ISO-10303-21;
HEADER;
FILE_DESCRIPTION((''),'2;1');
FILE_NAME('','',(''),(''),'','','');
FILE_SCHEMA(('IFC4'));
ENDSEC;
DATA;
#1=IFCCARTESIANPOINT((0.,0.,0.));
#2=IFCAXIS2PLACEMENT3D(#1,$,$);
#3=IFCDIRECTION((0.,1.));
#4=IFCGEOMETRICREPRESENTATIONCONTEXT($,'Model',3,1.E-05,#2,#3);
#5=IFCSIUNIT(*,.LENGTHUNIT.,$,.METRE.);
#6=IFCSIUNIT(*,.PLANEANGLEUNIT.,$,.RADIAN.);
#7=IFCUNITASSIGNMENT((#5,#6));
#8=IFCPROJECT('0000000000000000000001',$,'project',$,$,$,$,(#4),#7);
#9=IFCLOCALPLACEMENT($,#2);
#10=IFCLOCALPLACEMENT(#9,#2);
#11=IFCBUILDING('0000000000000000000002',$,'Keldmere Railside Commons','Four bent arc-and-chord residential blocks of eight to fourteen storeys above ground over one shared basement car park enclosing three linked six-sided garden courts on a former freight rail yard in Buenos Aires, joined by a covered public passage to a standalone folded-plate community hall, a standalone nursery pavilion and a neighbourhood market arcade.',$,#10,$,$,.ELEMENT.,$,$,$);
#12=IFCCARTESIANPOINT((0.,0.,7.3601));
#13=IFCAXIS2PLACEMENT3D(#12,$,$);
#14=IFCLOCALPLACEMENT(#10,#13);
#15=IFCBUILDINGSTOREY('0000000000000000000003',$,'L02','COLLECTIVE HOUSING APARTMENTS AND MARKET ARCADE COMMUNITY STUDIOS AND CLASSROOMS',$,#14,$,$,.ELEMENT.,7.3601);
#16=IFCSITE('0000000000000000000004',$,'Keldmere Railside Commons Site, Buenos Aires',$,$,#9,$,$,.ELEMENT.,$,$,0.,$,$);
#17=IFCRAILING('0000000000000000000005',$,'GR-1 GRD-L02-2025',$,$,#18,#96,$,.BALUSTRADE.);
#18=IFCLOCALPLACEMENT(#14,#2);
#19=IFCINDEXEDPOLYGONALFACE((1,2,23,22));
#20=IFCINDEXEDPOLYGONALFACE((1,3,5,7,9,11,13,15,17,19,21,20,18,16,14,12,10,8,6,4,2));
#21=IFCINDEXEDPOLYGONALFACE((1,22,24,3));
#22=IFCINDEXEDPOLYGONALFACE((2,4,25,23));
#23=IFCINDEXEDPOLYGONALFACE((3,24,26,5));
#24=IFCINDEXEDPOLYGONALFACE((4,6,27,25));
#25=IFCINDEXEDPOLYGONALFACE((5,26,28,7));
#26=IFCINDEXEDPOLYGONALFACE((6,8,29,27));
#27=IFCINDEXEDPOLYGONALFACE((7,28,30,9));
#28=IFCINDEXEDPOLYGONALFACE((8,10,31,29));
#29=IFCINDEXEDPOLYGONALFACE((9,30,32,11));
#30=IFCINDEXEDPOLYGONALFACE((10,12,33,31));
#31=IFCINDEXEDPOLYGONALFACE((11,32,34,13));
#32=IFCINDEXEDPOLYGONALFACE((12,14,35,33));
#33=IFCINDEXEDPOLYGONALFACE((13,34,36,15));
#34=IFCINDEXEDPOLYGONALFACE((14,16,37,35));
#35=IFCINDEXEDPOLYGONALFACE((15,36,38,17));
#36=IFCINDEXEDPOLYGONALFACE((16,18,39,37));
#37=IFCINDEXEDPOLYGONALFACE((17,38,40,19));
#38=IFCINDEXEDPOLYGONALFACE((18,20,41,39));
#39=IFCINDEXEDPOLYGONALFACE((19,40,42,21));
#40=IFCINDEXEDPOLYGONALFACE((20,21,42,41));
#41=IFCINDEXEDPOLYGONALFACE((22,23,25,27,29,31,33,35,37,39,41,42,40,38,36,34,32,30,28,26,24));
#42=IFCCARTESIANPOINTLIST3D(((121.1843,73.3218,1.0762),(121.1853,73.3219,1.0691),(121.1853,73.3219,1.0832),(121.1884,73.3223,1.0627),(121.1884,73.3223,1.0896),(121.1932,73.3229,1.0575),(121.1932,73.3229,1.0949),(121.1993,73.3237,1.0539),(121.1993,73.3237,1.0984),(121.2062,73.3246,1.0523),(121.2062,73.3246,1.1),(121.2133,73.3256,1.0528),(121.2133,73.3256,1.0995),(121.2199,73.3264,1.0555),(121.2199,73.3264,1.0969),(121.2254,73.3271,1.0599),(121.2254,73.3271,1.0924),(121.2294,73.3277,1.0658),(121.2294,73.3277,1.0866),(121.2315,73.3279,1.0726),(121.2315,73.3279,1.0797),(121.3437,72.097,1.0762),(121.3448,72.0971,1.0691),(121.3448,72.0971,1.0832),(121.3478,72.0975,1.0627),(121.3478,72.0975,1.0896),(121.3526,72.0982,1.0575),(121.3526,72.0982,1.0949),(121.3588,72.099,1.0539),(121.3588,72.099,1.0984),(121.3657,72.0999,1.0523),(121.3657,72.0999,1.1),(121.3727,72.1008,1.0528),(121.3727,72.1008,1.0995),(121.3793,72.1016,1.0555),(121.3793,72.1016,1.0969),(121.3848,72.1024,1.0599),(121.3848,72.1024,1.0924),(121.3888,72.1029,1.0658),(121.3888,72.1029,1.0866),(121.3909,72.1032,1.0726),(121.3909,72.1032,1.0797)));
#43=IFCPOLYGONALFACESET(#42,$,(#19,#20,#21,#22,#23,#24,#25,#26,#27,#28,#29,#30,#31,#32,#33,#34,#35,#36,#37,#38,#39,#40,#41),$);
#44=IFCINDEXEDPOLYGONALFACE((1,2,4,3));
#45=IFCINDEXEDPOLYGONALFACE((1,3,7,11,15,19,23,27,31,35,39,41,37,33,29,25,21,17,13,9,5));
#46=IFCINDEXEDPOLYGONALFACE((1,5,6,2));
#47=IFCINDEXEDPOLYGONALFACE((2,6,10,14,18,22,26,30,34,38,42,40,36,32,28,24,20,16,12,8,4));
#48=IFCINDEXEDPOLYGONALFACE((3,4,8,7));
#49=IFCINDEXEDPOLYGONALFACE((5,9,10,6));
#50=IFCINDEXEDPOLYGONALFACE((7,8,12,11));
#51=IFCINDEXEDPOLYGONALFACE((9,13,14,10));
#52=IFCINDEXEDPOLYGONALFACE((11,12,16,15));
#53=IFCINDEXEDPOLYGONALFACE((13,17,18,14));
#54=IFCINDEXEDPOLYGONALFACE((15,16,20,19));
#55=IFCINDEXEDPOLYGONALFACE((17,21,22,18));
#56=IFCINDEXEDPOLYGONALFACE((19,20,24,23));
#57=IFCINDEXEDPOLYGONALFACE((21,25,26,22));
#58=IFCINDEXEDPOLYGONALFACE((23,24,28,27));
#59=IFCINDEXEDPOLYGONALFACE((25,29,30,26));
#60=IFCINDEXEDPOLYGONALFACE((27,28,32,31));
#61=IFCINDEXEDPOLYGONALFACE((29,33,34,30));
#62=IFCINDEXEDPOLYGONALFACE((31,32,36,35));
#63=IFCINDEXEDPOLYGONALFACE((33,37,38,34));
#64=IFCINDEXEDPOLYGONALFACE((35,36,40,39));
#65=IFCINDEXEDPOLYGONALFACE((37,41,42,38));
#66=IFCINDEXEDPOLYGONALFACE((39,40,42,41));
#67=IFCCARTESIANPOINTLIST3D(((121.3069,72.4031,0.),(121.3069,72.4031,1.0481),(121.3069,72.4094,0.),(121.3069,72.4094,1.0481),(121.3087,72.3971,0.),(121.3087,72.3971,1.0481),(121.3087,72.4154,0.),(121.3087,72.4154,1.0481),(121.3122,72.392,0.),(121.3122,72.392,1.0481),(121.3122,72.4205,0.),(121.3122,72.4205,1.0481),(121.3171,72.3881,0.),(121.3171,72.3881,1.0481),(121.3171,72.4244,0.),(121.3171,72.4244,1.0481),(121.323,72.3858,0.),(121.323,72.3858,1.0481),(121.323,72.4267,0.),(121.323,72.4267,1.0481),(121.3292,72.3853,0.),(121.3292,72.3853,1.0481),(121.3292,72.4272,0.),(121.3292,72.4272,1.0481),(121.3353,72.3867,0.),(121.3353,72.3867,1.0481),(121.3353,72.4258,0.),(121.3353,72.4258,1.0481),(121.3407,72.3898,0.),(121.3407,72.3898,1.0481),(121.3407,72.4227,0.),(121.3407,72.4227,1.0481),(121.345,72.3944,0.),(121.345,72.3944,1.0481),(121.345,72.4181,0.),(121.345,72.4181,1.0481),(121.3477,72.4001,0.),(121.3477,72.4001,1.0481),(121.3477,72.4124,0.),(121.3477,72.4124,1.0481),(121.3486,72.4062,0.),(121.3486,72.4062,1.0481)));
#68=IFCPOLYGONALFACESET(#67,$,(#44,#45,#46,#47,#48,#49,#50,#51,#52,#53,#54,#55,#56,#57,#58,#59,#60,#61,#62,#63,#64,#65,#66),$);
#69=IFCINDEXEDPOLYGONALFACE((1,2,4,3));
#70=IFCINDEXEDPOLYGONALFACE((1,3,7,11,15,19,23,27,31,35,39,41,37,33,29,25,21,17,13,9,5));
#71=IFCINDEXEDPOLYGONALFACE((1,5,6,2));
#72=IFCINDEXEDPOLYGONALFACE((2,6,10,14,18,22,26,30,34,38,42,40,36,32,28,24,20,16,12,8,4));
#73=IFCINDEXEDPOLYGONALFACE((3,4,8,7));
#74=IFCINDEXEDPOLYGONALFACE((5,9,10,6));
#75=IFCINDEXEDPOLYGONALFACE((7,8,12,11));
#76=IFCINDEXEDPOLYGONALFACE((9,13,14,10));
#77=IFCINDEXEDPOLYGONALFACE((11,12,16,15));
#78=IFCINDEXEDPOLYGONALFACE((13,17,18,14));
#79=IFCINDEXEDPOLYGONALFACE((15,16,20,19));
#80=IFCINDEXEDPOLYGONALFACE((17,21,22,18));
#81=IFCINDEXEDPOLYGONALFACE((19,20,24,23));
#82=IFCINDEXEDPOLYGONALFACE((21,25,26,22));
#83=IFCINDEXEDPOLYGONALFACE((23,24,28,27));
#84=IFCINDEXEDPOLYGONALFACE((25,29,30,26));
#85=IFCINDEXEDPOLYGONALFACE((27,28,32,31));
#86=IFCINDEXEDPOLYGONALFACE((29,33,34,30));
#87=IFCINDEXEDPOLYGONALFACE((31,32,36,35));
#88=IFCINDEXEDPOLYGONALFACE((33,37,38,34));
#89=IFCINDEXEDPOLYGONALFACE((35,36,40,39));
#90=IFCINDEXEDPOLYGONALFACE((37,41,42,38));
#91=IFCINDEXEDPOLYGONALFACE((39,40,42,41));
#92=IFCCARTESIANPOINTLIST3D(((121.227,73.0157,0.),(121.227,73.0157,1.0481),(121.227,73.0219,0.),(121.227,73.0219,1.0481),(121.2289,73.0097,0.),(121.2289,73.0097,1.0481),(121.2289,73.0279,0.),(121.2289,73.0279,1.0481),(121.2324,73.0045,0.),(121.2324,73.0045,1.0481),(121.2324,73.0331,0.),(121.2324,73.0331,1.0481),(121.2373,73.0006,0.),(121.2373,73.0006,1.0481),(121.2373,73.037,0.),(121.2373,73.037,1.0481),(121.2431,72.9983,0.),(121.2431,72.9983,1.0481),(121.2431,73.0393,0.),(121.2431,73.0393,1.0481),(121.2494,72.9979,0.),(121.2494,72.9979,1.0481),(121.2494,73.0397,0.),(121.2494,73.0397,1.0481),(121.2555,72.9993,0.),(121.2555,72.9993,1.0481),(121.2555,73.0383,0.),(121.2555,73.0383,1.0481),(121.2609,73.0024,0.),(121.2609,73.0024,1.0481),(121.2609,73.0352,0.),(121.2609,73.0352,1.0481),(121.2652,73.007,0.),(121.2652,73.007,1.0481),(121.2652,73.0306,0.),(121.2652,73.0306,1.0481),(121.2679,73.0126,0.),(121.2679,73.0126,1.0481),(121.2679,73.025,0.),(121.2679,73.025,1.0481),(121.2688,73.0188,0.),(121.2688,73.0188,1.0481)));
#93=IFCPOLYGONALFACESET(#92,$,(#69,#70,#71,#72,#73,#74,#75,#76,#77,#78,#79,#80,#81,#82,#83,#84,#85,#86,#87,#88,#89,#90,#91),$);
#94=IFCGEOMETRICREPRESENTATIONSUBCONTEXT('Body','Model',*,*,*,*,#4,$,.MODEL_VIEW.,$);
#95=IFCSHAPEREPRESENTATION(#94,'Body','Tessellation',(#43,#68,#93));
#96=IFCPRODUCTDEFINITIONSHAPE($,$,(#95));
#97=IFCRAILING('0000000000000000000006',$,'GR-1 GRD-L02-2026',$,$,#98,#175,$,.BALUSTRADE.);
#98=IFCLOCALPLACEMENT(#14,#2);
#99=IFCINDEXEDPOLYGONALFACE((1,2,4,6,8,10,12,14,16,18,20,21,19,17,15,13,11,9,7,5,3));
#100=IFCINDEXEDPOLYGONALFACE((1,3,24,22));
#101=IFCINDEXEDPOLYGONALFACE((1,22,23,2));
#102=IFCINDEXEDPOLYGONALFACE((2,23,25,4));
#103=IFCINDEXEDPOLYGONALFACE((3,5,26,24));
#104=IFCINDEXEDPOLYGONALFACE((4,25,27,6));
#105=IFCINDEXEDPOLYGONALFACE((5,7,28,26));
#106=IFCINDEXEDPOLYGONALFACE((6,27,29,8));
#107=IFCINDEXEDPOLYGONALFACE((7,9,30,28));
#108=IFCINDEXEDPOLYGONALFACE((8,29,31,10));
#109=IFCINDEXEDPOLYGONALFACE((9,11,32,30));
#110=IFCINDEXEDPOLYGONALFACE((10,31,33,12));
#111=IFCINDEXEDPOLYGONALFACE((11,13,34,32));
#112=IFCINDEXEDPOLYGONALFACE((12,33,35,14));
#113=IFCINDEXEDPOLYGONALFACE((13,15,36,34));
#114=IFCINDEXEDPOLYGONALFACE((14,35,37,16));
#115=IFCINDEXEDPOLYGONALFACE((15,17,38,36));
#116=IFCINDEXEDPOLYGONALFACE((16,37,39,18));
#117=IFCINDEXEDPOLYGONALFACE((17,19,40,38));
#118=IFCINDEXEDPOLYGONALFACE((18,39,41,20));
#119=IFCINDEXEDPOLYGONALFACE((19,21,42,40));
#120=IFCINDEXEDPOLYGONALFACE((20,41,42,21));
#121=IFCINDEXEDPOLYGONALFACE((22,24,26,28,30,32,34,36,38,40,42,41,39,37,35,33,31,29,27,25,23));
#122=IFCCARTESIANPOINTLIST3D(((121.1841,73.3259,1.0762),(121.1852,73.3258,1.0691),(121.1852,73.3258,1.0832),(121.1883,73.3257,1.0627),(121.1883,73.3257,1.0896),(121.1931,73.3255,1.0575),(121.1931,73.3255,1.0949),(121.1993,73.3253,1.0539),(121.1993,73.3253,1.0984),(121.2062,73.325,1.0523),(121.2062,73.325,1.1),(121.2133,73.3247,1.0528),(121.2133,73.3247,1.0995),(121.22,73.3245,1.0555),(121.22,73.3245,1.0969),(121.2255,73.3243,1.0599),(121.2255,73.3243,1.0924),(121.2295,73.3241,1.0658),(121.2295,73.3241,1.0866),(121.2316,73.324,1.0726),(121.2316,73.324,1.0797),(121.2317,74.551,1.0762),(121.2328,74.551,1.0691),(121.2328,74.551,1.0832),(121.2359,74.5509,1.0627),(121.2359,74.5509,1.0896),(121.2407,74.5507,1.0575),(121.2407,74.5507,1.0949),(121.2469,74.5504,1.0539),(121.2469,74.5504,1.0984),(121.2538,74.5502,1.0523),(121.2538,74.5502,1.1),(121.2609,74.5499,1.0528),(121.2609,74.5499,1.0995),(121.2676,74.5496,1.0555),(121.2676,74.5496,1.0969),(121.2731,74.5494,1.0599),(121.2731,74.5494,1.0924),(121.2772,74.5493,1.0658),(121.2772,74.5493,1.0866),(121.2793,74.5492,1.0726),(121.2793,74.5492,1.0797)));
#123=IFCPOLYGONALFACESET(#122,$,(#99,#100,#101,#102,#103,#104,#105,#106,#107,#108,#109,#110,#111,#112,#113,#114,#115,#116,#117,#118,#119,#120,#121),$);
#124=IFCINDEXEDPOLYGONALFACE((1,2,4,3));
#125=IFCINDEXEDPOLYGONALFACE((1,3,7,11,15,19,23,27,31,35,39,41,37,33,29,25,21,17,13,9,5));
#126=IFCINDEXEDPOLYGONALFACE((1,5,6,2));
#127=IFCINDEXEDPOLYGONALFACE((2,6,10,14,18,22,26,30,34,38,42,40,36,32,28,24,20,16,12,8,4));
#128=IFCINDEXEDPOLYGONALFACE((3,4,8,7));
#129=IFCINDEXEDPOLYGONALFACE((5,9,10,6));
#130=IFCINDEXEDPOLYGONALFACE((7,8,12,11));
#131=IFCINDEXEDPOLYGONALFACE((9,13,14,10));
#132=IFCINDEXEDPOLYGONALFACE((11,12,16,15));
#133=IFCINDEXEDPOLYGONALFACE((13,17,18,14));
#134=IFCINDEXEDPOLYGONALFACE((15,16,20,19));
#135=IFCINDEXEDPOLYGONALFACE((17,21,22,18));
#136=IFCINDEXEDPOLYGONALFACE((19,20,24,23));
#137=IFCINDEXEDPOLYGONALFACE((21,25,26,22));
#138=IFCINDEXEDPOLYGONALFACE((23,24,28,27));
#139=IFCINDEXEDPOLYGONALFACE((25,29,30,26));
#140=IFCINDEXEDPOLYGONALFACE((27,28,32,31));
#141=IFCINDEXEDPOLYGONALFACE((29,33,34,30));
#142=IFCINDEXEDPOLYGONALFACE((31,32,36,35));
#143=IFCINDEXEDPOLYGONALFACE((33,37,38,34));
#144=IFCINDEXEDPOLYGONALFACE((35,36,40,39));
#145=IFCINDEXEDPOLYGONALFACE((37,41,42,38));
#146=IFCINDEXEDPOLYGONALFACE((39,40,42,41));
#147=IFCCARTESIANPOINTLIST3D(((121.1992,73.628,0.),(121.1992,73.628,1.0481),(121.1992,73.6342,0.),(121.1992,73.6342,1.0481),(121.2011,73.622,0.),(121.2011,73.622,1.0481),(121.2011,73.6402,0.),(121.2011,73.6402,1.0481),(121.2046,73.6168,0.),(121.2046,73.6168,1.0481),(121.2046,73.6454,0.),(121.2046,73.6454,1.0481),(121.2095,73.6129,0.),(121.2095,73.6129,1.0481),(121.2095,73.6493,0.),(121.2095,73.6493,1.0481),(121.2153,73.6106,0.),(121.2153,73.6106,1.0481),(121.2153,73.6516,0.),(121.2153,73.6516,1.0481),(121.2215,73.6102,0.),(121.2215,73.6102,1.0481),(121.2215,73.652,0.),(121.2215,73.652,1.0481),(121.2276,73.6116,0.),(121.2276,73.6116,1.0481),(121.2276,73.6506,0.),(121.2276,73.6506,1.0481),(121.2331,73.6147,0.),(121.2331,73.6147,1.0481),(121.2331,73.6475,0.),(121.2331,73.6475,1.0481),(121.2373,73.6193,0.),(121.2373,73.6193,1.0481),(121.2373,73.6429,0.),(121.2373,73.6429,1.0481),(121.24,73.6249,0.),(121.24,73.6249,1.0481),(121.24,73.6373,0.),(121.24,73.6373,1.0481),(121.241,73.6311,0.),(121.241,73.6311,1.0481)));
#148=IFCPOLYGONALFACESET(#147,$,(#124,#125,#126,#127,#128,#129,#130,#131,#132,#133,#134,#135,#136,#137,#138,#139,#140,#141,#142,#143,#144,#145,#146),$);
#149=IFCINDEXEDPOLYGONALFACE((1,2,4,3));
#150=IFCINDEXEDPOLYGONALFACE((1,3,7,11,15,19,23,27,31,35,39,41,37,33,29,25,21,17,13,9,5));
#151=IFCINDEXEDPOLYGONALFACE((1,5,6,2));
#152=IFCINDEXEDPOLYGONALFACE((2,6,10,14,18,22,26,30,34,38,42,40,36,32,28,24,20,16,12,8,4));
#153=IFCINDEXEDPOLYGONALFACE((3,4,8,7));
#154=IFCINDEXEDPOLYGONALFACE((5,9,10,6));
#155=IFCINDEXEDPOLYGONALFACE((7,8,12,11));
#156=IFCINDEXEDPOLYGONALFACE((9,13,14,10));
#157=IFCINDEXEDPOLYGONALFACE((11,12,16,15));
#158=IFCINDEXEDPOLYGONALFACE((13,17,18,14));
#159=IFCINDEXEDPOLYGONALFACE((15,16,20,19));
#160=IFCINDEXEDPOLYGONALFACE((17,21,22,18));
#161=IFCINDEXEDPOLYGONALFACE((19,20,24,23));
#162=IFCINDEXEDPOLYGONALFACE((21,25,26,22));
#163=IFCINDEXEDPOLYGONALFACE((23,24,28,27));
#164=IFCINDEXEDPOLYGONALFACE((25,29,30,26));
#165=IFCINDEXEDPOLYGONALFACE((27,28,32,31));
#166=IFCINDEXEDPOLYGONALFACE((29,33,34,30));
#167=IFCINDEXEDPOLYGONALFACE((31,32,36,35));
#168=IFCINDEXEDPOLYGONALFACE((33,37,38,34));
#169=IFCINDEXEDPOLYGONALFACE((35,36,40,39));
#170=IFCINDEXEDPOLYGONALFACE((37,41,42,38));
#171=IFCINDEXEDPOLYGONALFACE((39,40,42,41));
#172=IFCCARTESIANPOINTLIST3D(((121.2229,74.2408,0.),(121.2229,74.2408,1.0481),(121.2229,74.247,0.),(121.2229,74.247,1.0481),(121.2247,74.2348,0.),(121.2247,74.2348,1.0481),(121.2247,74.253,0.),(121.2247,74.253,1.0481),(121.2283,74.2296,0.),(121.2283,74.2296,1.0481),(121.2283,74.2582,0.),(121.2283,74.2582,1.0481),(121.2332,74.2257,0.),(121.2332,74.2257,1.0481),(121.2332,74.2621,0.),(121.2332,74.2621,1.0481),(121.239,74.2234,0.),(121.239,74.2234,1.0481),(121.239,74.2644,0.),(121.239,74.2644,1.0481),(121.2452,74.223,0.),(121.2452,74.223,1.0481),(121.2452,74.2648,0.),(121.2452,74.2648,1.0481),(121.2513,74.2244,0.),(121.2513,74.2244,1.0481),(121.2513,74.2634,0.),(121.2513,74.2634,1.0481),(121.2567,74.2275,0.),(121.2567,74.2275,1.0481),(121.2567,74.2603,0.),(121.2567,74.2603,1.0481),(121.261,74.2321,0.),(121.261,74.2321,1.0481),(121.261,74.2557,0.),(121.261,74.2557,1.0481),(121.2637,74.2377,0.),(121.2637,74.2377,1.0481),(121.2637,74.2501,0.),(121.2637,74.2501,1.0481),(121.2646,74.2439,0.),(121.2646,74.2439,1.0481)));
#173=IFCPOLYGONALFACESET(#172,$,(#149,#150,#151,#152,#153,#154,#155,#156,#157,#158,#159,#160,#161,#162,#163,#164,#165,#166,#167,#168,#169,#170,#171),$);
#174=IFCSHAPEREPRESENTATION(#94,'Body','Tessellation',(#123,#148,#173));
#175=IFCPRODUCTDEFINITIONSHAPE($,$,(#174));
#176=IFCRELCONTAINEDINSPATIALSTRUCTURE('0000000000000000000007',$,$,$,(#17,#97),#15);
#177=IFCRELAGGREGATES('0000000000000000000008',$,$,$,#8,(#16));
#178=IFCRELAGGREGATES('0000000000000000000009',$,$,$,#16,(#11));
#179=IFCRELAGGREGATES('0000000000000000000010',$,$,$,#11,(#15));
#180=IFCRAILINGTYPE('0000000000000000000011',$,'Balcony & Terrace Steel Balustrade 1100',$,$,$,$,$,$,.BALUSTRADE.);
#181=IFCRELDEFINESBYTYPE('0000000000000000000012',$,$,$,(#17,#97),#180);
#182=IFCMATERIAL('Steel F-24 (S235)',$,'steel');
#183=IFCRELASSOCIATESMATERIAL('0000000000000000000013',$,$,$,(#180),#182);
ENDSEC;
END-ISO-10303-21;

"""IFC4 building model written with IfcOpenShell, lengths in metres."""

from ifc_helpers import new_model, si_unit, direction, frame, origin, origin_2d, place, context, subcontext, project, spatial, circle, extrude, material, type_object, element, save


model = new_model("IFC4")

# Units and contexts
model_context = context("Model", 3, precision=1e-05, world=origin(), true_north=direction((0.0, 1.0)))
body_context = subcontext(model_context, "Body", "Model", "MODEL_VIEW")
ifc_project = project(units=[si_unit("LENGTHUNIT", "METRE"), si_unit("PLANEANGLEUNIT", "RADIAN")], contexts=[model_context])

# Site, building, storey
site_placement = place(None, origin())
site = spatial("IfcSite", under=ifc_project, at=site_placement, Name="Keldmere Railside Commons Site, Buenos Aires", CompositionType="ELEMENT", RefElevation=0.0)
building_placement = place(site_placement, origin())
building = spatial("IfcBuilding", under=site, at=building_placement, Name="Keldmere Railside Commons", Description="Four bent arc-and-chord residential blocks of eight to fourteen storeys above ground over one shared basement car park enclosing three linked six-sided garden courts on a former freight rail yard in Buenos Aires, joined by a covered public passage to a standalone folded-plate community hall, a standalone nursery pavilion and a neighbourhood market arcade.", CompositionType="ELEMENT")
storey_placement = place(building_placement, frame((0.0, 0.0, 7.3601)))
storey = spatial("IfcBuildingStorey", under=building, at=storey_placement, Name="L02", Description="COLLECTIVE HOUSING APARTMENTS AND MARKET ARCADE COMMUNITY STUDIOS AND CLASSROOMS", CompositionType="ELEMENT", Elevation=7.3601)

# Railings
ifc_material_1 = material(Name="Steel F-24 (S235)", Category="steel")
railing_type = type_object("IfcRailingType", Name="Balcony & Terrace Steel Balustrade 1100", PredefinedType="BALUSTRADE", material=ifc_material_1)
railing_1_placement = place(storey_placement, frame((121.3674, 72.1001, 0.0)))
element("IfcRailing", 1, at=railing_1_placement, inside=storey, type_object=railing_type, Name="GR-1 GRD-L02-2025", PredefinedType="BALUSTRADE", context=body_context, shape_type="SweptSolid", body=[
    extrude(circle(Radius=0.0239, at=origin_2d()), frame((0.0, 0.0, 1.0762), z_axis=(-0.129069, 0.991636, 0.0), x_axis=(-0.991636, -0.129069, 0.0)), (0.0, 0.0, 1.0), 1.2351),
    extrude(circle(Radius=0.021, at=origin_2d()), frame((-0.0398, 0.3062, 0.0)), (0.0, 0.0, 1.0), 1.0481),
    extrude(circle(Radius=0.021, at=origin_2d()), frame((-0.1196, 0.9187, 0.0)), (0.0, 0.0, 1.0), 1.0481),
])
railing_2_placement = place(storey_placement, frame((121.208, 73.325, 0.0)))
element("IfcRailing", 2, at=railing_2_placement, inside=storey, type_object=railing_type, Name="GR-1 GRD-L02-2026", PredefinedType="BALUSTRADE", context=body_context, shape_type="SweptSolid", body=[
    extrude(circle(Radius=0.0239, at=origin_2d()), frame((0.0, 0.0, 1.0762), z_axis=(0.038831, 0.999246, 0.0), x_axis=(-0.999246, 0.038831, 0.0)), (0.0, 0.0, 1.0), 1.2261),
    extrude(circle(Radius=0.021, at=origin_2d()), frame((0.012, 0.3062, 0.0)), (0.0, 0.0, 1.0), 1.0481),
    extrude(circle(Radius=0.021, at=origin_2d()), frame((0.0356, 0.9189, 0.0)), (0.0, 0.0, 1.0), 1.0481),
])

save(model, "model.ifc")
